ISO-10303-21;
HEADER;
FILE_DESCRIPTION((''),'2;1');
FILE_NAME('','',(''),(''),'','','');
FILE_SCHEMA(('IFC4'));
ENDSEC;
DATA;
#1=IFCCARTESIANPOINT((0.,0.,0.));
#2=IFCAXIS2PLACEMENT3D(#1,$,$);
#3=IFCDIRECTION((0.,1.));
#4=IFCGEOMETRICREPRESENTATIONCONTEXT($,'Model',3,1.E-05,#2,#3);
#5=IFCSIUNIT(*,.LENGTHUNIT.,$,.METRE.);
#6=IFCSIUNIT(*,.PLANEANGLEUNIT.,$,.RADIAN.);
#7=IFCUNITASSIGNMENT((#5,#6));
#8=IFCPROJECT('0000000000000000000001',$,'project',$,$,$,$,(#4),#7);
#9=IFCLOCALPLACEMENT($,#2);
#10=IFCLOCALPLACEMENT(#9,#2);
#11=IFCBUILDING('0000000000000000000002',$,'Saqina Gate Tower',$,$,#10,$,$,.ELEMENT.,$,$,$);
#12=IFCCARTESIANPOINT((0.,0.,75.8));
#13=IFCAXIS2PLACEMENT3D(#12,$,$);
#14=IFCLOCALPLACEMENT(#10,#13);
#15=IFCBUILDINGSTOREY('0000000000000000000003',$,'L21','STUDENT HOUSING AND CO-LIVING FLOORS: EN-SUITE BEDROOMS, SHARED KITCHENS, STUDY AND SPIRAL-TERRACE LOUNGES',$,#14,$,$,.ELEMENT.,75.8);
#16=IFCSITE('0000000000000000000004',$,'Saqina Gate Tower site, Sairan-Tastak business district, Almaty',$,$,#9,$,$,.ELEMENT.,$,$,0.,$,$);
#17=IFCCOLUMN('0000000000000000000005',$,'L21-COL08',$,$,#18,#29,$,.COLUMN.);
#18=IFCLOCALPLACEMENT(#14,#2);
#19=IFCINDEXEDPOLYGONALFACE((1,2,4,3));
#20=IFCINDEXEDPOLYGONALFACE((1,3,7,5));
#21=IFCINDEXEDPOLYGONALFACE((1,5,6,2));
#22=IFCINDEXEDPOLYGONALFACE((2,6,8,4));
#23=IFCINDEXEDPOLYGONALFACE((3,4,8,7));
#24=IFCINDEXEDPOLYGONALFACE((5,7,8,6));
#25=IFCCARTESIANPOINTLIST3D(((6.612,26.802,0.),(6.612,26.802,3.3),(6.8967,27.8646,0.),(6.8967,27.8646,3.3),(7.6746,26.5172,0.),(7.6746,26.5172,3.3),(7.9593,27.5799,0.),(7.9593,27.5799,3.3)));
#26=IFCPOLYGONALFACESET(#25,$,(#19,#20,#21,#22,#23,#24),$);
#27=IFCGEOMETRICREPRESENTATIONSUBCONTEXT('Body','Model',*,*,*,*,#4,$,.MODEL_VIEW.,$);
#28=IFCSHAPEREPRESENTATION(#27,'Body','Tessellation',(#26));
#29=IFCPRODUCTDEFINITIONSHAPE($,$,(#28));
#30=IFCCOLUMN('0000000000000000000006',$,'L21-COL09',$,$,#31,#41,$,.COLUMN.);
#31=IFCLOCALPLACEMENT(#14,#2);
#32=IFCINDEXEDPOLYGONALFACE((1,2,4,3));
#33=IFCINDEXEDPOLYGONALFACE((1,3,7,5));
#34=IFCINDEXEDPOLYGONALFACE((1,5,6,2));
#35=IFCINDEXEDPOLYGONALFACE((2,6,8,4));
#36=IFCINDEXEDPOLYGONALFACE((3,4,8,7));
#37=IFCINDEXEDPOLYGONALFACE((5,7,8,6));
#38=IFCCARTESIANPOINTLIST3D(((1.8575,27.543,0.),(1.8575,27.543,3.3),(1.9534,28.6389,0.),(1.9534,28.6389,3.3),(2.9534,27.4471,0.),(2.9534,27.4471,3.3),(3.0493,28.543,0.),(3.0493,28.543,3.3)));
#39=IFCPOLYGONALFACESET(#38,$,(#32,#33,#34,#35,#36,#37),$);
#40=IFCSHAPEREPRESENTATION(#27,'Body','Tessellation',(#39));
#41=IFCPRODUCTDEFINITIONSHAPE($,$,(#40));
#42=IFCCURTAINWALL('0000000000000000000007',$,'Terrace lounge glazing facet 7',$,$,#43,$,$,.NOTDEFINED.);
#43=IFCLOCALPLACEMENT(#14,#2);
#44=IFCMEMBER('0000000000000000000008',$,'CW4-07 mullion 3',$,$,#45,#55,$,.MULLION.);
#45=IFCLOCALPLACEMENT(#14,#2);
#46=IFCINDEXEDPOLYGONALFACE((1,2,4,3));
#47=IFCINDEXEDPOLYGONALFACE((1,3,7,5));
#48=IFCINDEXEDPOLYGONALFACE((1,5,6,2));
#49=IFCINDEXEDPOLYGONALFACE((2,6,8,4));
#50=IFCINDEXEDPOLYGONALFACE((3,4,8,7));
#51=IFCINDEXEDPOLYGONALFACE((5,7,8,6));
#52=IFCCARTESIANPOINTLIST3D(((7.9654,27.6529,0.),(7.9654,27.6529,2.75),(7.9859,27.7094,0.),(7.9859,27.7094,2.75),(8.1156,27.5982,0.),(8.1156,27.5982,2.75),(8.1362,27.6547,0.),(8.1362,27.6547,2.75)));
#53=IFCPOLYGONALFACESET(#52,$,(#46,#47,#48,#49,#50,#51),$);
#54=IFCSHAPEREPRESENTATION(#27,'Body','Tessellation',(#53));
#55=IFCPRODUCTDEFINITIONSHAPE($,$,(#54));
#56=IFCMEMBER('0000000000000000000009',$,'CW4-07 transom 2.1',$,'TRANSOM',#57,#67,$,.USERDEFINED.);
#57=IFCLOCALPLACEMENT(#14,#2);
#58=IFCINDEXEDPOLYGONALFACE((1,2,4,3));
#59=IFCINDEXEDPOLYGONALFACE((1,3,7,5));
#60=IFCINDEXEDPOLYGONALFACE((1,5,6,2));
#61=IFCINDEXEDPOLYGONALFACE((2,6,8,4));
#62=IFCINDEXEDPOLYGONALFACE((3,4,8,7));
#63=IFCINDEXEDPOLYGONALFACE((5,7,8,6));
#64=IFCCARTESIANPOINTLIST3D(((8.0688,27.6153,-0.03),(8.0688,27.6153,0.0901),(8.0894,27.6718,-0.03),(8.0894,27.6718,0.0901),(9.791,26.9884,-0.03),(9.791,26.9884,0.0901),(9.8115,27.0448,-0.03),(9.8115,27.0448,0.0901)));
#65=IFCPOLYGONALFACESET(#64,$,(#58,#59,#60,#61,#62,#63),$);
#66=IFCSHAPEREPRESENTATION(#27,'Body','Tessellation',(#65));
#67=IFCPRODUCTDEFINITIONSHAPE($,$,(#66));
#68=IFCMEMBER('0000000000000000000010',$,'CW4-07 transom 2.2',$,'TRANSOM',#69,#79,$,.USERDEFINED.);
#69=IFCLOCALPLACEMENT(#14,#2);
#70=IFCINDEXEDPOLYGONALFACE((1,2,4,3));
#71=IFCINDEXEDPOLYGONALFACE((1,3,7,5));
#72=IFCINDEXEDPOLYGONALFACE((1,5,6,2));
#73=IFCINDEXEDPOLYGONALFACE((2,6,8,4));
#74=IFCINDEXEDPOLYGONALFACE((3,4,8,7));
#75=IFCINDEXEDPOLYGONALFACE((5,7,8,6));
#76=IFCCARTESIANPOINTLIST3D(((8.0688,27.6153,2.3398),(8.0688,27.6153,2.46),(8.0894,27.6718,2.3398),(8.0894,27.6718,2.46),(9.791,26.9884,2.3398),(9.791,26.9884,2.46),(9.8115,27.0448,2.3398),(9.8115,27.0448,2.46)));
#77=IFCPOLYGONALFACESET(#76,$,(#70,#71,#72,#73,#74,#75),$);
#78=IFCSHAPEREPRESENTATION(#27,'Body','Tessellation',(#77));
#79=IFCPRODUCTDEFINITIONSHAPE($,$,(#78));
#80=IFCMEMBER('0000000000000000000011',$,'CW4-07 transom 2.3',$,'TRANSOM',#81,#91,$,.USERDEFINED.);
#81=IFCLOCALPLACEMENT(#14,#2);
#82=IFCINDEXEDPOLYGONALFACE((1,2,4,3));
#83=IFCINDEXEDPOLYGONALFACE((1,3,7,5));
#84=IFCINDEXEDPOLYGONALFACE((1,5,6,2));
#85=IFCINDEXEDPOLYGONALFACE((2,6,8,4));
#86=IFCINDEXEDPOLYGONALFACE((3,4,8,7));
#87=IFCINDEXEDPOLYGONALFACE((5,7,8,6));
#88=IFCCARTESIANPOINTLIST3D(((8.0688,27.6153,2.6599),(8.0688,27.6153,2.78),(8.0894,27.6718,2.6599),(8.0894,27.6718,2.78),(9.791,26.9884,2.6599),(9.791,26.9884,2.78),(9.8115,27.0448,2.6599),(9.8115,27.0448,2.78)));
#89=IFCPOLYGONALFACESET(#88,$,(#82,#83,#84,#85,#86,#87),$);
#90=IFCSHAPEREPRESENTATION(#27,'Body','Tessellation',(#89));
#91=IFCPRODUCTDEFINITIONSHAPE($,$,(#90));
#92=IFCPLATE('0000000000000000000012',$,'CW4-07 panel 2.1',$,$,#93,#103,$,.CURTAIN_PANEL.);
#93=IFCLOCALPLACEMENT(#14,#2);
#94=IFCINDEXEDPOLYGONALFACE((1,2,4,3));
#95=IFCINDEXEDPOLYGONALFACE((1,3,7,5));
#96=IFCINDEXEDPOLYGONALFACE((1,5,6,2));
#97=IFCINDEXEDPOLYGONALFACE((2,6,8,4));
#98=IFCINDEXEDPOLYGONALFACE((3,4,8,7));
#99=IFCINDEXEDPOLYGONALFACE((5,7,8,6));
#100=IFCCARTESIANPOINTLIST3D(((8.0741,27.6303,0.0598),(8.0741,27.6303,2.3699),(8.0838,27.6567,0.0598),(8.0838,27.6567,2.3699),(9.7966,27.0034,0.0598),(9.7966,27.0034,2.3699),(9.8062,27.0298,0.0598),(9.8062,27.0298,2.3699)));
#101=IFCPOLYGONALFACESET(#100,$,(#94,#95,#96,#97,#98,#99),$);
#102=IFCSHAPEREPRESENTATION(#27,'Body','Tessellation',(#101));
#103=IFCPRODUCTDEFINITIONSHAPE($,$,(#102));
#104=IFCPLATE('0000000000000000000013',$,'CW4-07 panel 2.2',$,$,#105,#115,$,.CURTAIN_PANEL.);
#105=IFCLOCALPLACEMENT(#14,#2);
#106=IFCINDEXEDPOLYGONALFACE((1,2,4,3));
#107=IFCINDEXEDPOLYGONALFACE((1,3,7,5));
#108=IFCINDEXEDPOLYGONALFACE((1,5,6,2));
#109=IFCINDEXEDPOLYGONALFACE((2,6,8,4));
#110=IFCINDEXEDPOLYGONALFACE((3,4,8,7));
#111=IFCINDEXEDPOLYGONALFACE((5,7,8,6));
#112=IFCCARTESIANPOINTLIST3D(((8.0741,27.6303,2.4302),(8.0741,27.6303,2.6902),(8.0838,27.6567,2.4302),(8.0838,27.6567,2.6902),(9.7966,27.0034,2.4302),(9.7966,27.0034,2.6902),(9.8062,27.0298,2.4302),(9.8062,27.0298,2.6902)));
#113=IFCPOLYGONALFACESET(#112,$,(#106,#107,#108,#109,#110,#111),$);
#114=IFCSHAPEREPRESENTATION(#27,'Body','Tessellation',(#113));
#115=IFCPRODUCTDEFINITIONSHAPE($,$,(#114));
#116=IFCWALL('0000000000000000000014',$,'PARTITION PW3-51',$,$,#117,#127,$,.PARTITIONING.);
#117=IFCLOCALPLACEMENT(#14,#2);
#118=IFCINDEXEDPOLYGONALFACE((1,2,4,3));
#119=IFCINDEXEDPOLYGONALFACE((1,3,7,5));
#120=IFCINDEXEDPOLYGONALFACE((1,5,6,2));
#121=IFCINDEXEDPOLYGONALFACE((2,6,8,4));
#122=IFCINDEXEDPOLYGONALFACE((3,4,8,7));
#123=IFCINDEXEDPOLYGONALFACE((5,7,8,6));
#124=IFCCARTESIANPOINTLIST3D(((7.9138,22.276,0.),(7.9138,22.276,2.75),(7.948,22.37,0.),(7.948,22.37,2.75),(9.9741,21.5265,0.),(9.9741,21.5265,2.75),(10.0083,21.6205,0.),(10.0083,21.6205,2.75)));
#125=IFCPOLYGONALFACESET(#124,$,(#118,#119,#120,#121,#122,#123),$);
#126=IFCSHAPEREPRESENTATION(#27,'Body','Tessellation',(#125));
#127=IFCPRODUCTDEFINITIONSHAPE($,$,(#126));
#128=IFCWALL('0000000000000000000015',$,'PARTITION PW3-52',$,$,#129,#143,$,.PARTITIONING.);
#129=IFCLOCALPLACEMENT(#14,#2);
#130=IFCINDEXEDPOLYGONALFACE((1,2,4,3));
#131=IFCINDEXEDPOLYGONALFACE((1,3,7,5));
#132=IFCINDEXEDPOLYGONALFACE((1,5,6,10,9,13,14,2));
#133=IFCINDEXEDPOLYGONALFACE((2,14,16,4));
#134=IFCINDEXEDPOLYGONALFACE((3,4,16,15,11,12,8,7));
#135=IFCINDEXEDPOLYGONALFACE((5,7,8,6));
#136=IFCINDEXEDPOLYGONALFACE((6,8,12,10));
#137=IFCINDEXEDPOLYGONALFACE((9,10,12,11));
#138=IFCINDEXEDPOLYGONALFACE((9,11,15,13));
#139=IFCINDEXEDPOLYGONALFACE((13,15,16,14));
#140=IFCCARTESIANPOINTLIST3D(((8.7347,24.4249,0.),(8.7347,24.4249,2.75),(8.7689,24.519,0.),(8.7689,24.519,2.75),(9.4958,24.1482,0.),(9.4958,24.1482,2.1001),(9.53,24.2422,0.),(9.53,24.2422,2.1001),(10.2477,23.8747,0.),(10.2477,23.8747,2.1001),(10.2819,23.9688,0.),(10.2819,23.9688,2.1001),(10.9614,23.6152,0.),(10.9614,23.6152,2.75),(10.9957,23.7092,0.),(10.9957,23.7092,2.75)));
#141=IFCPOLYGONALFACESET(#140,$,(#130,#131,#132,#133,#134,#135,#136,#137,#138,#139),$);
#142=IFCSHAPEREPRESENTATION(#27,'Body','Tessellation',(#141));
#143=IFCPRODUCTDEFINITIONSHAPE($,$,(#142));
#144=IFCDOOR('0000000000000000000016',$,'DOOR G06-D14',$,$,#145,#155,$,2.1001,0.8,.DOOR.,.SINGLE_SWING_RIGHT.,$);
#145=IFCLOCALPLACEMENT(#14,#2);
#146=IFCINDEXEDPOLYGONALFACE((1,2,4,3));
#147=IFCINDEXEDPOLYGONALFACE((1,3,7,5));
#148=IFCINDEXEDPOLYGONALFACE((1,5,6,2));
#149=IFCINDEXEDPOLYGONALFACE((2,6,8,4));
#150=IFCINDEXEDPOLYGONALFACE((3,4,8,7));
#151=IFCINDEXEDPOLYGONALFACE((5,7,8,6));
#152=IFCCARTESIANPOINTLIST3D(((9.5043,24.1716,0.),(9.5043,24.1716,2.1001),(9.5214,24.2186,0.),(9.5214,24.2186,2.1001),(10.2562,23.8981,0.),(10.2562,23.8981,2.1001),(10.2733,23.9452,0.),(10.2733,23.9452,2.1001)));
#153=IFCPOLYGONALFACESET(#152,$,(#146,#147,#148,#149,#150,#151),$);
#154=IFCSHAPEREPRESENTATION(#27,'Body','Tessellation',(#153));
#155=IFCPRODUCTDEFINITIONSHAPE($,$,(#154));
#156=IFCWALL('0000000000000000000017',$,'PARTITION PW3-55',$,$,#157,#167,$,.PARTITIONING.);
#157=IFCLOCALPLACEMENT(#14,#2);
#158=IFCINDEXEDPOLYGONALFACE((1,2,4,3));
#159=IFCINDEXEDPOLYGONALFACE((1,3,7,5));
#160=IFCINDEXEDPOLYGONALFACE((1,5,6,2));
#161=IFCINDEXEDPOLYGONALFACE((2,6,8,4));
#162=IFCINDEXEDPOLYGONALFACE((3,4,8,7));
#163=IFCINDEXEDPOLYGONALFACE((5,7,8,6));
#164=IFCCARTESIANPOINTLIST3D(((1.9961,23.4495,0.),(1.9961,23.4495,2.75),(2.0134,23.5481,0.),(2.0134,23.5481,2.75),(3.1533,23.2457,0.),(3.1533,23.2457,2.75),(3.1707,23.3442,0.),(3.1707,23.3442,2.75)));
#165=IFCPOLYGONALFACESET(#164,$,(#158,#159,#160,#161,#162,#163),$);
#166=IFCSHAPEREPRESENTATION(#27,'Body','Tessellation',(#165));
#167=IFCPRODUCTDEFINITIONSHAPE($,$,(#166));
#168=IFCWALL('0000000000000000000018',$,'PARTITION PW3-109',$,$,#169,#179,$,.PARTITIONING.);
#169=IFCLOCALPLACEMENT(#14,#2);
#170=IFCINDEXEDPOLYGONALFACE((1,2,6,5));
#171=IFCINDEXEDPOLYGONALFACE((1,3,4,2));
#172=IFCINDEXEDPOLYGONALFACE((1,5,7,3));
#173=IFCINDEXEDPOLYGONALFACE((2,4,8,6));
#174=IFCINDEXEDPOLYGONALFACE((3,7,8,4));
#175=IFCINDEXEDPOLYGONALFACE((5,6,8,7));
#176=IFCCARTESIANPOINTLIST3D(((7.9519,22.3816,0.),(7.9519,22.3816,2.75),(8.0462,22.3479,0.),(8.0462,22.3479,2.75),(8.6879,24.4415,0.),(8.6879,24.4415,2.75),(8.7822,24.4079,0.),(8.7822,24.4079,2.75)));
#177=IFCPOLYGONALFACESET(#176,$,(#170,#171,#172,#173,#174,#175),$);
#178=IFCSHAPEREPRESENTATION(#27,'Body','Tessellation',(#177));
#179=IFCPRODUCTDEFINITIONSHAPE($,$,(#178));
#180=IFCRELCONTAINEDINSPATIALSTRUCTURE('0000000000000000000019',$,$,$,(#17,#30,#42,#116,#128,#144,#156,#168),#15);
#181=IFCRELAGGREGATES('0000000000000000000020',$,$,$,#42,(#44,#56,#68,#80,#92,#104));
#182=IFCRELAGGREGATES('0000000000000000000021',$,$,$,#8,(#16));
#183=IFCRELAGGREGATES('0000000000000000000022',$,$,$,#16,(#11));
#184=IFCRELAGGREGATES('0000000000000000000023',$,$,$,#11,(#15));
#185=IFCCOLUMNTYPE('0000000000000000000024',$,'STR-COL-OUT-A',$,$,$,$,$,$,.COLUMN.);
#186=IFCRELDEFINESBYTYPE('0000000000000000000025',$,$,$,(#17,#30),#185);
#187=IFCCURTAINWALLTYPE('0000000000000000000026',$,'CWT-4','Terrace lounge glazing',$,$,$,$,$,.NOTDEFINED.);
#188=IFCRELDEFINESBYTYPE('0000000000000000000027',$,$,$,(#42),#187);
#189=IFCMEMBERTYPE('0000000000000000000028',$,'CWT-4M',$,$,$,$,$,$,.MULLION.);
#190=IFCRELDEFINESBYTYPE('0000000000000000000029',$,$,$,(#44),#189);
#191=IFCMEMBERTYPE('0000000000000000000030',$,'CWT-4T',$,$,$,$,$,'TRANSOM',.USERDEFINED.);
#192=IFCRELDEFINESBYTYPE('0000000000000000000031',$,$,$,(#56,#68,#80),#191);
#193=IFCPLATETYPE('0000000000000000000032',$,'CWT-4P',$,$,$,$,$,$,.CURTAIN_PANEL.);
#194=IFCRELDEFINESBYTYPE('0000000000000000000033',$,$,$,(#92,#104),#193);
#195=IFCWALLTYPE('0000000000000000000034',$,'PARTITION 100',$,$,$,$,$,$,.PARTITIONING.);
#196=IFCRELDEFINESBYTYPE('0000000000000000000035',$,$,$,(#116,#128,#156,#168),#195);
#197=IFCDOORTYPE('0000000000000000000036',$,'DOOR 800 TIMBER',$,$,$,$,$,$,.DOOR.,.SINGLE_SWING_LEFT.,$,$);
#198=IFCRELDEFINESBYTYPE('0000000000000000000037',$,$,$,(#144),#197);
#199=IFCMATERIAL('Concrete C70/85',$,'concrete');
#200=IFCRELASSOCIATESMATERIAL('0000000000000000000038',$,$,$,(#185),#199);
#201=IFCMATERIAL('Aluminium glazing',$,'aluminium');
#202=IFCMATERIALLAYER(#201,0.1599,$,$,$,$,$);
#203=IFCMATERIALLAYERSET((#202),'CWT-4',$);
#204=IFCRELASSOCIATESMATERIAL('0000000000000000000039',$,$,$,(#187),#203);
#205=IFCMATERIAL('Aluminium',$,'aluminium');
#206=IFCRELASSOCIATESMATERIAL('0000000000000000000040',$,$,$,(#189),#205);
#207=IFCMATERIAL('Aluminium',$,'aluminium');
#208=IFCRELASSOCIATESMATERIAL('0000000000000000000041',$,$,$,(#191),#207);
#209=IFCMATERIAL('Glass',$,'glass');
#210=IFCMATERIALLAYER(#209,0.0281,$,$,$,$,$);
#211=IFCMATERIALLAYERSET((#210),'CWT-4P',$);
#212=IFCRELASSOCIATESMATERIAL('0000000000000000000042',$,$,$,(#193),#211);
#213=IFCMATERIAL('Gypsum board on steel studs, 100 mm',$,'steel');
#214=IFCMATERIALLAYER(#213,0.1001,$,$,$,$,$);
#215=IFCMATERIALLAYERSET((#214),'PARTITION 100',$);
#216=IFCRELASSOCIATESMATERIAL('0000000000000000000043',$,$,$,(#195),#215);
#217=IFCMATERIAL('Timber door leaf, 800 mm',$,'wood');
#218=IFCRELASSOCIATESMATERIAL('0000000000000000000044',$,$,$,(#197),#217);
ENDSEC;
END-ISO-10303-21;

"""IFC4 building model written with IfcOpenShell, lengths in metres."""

from ifc_helpers import new_model, si_unit, direction, frame, frame_2d, origin, origin_2d, place, context, subcontext, project, spatial, rectangle, extrude, material, layer, layer_set, material_profile, profile_set, type_object, element, fill, aggregate, save


model = new_model("IFC4")

# Units and contexts
model_context = context("Model", 3, precision=1e-05, world=origin(), true_north=direction((0.0, 1.0)))
body_context = subcontext(model_context, "Body", "Model", "MODEL_VIEW")
ifc_project = project(units=[si_unit("LENGTHUNIT", "METRE"), si_unit("PLANEANGLEUNIT", "RADIAN")], contexts=[model_context])

# Site, building, storey
site_placement = place(None, origin())
site = spatial("IfcSite", under=ifc_project, at=site_placement, Name="Saqina Gate Tower site, Sairan-Tastak business district, Almaty", CompositionType="ELEMENT", RefElevation=0.0)
building_placement = place(site_placement, origin())
building = spatial("IfcBuilding", under=site, at=building_placement, Name="Saqina Gate Tower", CompositionType="ELEMENT")
storey_placement = place(building_placement, frame((0.0, 0.0, 75.8)))
storey = spatial("IfcBuildingStorey", under=building, at=storey_placement, Name="L21", Description="STUDENT HOUSING AND CO-LIVING FLOORS: EN-SUITE BEDROOMS, SHARED KITCHENS, STUDY AND SPIRAL-TERRACE LOUNGES", CompositionType="ELEMENT", Elevation=75.8)

# Columns
ifc_material_1 = material(Name="Concrete C70/85", Category="concrete")
ifc_material_profile_1 = material_profile(ifc_material_1, rectangle(XDim=1.1001, YDim=1.1001, at=origin_2d()), Name="RC 1100x1100")
ifc_profile_set_1 = profile_set([ifc_material_profile_1], Name="Concrete C70/85")
column_type = type_object("IfcColumnType", Name="STR-COL-OUT-A", PredefinedType="COLUMN", material=ifc_profile_set_1)
for number, where, z_axis, x_axis, name in (
    (1, (7.2856, 27.1909, 0.0), (0.0, 0.0, 1.0), (0.258819, 0.965926, 0.0), "L21-COL08"),
    (2, (2.4534, 28.043, 0.0), (0.0, 0.0, 1.0), (0.087156, 0.996195, 0.0), "L21-COL09"),
):
    element("IfcColumn", number, at=place(storey_placement, frame(where, z_axis=z_axis, x_axis=x_axis)), inside=storey, type_object=column_type, Name=name, PredefinedType="COLUMN", context=body_context, shape_type="SweptSolid", body=[
        extrude(rectangle(XDim=1.1001, YDim=1.1001, at=origin_2d()), origin(), (0.0, 0.0, 1.0), 3.3),
    ])

# Curtain wall, members, plates
ifc_material_2 = material(Name="Aluminium glazing", Category="aluminium")
ifc_layer_1 = layer(ifc_material_2, 0.1599)
ifc_layer_set_1 = layer_set([ifc_layer_1], Name="CWT-4")
curtain_wall_type = type_object("IfcCurtainWallType", Name="CWT-4", Description="Terrace lounge glazing", PredefinedType="NOTDEFINED", material=ifc_layer_set_1)
curtain_wall_placement = place(storey_placement, origin())
curtain_wall = element("IfcCurtainWall", 3, at=curtain_wall_placement, inside=storey, type_object=curtain_wall_type, Name="Terrace lounge glazing facet 7", PredefinedType="NOTDEFINED")
ifc_material_3 = material(Name="Aluminium", Category="aluminium")
ifc_material_profile_2 = material_profile(ifc_material_3, rectangle(XDim=0.0601, YDim=0.1599, at=origin_2d()), Name="Aluminium 60x160")
ifc_profile_set_2 = profile_set([ifc_material_profile_2], Name="Aluminium")
member_type_1 = type_object("IfcMemberType", Name="CWT-4M", PredefinedType="MULLION", material=ifc_profile_set_2)
member_1_placement = place(storey_placement, frame((8.0508, 27.6538, 0.0), z_axis=(0.0, 0.0, 1.0), x_axis=(-0.342008, -0.939697, 0.0)))
member_1 = element("IfcMember", 4, at=member_1_placement, type_object=member_type_1, Name="CW4-07 mullion 3", PredefinedType="MULLION", context=body_context, shape_type="SweptSolid", body=[
    extrude(rectangle(XDim=0.0601, YDim=0.1599, at=origin_2d()), origin(), (0.0, 0.0, 1.0), 2.75),
])
ifc_material_4 = material(Name="Aluminium", Category="aluminium")
ifc_material_profile_3 = material_profile(ifc_material_4, rectangle(XDim=0.0601, YDim=0.1201, at=origin_2d()), Name="Aluminium 60x120")
ifc_profile_set_3 = profile_set([ifc_material_profile_3], Name="Aluminium")
member_type_2 = type_object("IfcMemberType", Name="CWT-4T", ElementType="TRANSOM", PredefinedType="USERDEFINED", material=ifc_profile_set_3)
member_2_placement = place(storey_placement, frame((9.8013, 27.0166, 0.03), z_axis=(-0.939669, 0.342085, 0.0), x_axis=(-0.342085, -0.939669, 0.0)))
member_2 = element("IfcMember", 5, at=member_2_placement, type_object=member_type_2, Name="CW4-07 transom 2.1", ObjectType="TRANSOM", PredefinedType="USERDEFINED", context=body_context, shape_type="SweptSolid", body=[
    extrude(rectangle(XDim=0.0601, YDim=0.1201, at=origin_2d()), origin(), (0.0, 0.0, 1.0), 1.8328),
])
member_3_placement = place(storey_placement, frame((9.8013, 27.0166, 2.3999), z_axis=(-0.939669, 0.342085, 0.0), x_axis=(-0.342085, -0.939669, 0.0)))
member_3 = element("IfcMember", 6, at=member_3_placement, type_object=member_type_2, Name="CW4-07 transom 2.2", ObjectType="TRANSOM", PredefinedType="USERDEFINED", context=body_context, shape_type="SweptSolid", body=[
    extrude(rectangle(XDim=0.0601, YDim=0.1201, at=origin_2d()), origin(), (0.0, 0.0, 1.0), 1.8328),
])
member_4_placement = place(storey_placement, frame((9.8013, 27.0166, 2.72), z_axis=(-0.939669, 0.342085, 0.0), x_axis=(-0.342085, -0.939669, 0.0)))
member_4 = element("IfcMember", 7, at=member_4_placement, type_object=member_type_2, Name="CW4-07 transom 2.3", ObjectType="TRANSOM", PredefinedType="USERDEFINED", context=body_context, shape_type="SweptSolid", body=[
    extrude(rectangle(XDim=0.0601, YDim=0.1201, at=origin_2d()), origin(), (0.0, 0.0, 1.0), 1.8328),
])
ifc_material_5 = material(Name="Glass", Category="glass")
ifc_layer_2 = layer(ifc_material_5, 0.0281)
ifc_layer_set_2 = layer_set([ifc_layer_2], Name="CWT-4P")
plate_type = type_object("IfcPlateType", Name="CWT-4P", PredefinedType="CURTAIN_PANEL", material=ifc_layer_set_2)
plate_1_placement = place(storey_placement, frame((8.9402, 27.3301, 0.0598), z_axis=(0.0, 0.0, 1.0), x_axis=(-0.939697, 0.342008, 0.0)))
plate_1 = element("IfcPlate", 8, at=plate_1_placement, type_object=plate_type, Name="CW4-07 panel 2.1", PredefinedType="CURTAIN_PANEL", context=body_context, shape_type="SweptSolid", body=[
    extrude(rectangle(XDim=1.833, YDim=0.0281, at=origin_2d()), origin(), (0.0, 0.0, 1.0), 2.3101),
])
plate_2_placement = place(storey_placement, frame((8.9402, 27.3301, 2.4302), z_axis=(0.0, 0.0, 1.0), x_axis=(-0.939697, 0.342008, 0.0)))
plate_2 = element("IfcPlate", 9, at=plate_2_placement, type_object=plate_type, Name="CW4-07 panel 2.2", PredefinedType="CURTAIN_PANEL", context=body_context, shape_type="SweptSolid", body=[
    extrude(rectangle(XDim=1.833, YDim=0.0281, at=origin_2d()), origin(), (0.0, 0.0, 1.0), 0.26),
])
aggregate(curtain_wall, [member_1, member_2, member_3, member_4, plate_1, plate_2])

# Wall
ifc_material_6 = material(Name="Gypsum board on steel studs, 100 mm", Category="steel")
ifc_layer_3 = layer(ifc_material_6, 0.1001)
ifc_layer_set_3 = layer_set([ifc_layer_3], Name="PARTITION 100")
wall_type_1 = type_object("IfcWallType", Name="PARTITION 100", PredefinedType="PARTITIONING", material=ifc_layer_set_3)
wall_1_placement = place(storey_placement, frame((7.9309, 22.323, 0.0), z_axis=(0.0, 0.0, 1.0), x_axis=(0.939748, -0.341868, 0.0)))
element("IfcWall", 10, at=wall_1_placement, inside=storey, type_object=wall_type_1, Name="PARTITION PW3-51", PredefinedType="PARTITIONING", context=body_context, shape_type="SweptSolid", body=[
    extrude(rectangle(XDim=2.1924, YDim=0.1001, at=frame_2d((1.0962, 0.0))), origin(), (0.0, 0.0, 1.0), 2.75),
])

# Wall, opening, door
wall_2_placement = place(storey_placement, frame((8.752, 24.4719, 0.0), z_axis=(0.0, 0.0, 1.0), x_axis=(0.939784, -0.341768, 0.0)))
wall_2 = element("IfcWall", 11, at=wall_2_placement, inside=storey, type_object=wall_type_1, Name="PARTITION PW3-52", PredefinedType="PARTITIONING", context=body_context, shape_type="SweptSolid", body=[
    extrude(rectangle(XDim=2.3694, YDim=0.1001, at=frame_2d((1.1846, 0.0))), origin(), (0.0, 0.0, 1.0), 2.75),
])
opening_1_placement = place(wall_2_placement, frame((0.8098, 0.0, 0.0)))
opening_1 = element("IfcOpeningElement", 12, at=opening_1_placement, cuts=wall_2, PredefinedType="OPENING", context=body_context, shape_type="SweptSolid", body=[
    extrude(rectangle(XDim=0.8, YDim=2.1001, at=frame_2d((0.3999, 1.05))), frame((0.0, 0.062, 0.0), z_axis=(0.0, -1.0, 0.0), x_axis=(1.0, 0.0, 0.0)), (0.0, 0.0, 1.0), 0.124),
])
ifc_material_7 = material(Name="Timber door leaf, 800 mm", Category="wood")
door_type_1 = type_object("IfcDoorType", Name="DOOR 800 TIMBER", OperationType="SINGLE_SWING_LEFT", PredefinedType="DOOR", material=ifc_material_7)
door_1_placement = place(opening_1_placement, origin())
door_1 = element("IfcDoor", 13, at=door_1_placement, inside=storey, type_object=door_type_1, Name="DOOR G06-D14", OperationType="SINGLE_SWING_RIGHT", OverallHeight=2.1001, OverallWidth=0.8, PredefinedType="DOOR", context=body_context, shape_type="SweptSolid", body=[
    extrude(rectangle(XDim=0.8, YDim=2.1001, at=frame_2d((0.3999, 1.05))), frame((0.0, 0.0249, 0.0), z_axis=(0.0, -1.0, 0.0), x_axis=(1.0, 0.0, 0.0)), (0.0, 0.0, 1.0), 0.05),
])
fill(opening_1, door_1)

# Walls
wall_3_placement = place(storey_placement, frame((2.0049, 23.4988, 0.0), z_axis=(0.0, 0.0, 1.0), x_axis=(0.984836, -0.173489, 0.0)))
element("IfcWall", 14, at=wall_3_placement, inside=storey, type_object=wall_type_1, Name="PARTITION PW3-55", PredefinedType="PARTITIONING", context=body_context, shape_type="SweptSolid", body=[
    extrude(rectangle(XDim=1.175, YDim=0.1001, at=frame_2d((0.5874, 0.0))), origin(), (0.0, 0.0, 1.0), 2.75),
])
wall_4_placement = place(storey_placement, frame((7.999, 22.3647, 0.0), z_axis=(0.0, 0.0, 1.0), x_axis=(0.336478, 0.941691, 0.0)))
element("IfcWall", 15, at=wall_4_placement, inside=storey, type_object=wall_type_1, Name="PARTITION PW3-109", PredefinedType="PARTITIONING", context=body_context, shape_type="SweptSolid", body=[
    extrude(rectangle(XDim=2.1875, YDim=0.1001, at=frame_2d((1.0938, 0.0))), origin(), (0.0, 0.0, 1.0), 2.75),
])

save(model, "model.ifc")
